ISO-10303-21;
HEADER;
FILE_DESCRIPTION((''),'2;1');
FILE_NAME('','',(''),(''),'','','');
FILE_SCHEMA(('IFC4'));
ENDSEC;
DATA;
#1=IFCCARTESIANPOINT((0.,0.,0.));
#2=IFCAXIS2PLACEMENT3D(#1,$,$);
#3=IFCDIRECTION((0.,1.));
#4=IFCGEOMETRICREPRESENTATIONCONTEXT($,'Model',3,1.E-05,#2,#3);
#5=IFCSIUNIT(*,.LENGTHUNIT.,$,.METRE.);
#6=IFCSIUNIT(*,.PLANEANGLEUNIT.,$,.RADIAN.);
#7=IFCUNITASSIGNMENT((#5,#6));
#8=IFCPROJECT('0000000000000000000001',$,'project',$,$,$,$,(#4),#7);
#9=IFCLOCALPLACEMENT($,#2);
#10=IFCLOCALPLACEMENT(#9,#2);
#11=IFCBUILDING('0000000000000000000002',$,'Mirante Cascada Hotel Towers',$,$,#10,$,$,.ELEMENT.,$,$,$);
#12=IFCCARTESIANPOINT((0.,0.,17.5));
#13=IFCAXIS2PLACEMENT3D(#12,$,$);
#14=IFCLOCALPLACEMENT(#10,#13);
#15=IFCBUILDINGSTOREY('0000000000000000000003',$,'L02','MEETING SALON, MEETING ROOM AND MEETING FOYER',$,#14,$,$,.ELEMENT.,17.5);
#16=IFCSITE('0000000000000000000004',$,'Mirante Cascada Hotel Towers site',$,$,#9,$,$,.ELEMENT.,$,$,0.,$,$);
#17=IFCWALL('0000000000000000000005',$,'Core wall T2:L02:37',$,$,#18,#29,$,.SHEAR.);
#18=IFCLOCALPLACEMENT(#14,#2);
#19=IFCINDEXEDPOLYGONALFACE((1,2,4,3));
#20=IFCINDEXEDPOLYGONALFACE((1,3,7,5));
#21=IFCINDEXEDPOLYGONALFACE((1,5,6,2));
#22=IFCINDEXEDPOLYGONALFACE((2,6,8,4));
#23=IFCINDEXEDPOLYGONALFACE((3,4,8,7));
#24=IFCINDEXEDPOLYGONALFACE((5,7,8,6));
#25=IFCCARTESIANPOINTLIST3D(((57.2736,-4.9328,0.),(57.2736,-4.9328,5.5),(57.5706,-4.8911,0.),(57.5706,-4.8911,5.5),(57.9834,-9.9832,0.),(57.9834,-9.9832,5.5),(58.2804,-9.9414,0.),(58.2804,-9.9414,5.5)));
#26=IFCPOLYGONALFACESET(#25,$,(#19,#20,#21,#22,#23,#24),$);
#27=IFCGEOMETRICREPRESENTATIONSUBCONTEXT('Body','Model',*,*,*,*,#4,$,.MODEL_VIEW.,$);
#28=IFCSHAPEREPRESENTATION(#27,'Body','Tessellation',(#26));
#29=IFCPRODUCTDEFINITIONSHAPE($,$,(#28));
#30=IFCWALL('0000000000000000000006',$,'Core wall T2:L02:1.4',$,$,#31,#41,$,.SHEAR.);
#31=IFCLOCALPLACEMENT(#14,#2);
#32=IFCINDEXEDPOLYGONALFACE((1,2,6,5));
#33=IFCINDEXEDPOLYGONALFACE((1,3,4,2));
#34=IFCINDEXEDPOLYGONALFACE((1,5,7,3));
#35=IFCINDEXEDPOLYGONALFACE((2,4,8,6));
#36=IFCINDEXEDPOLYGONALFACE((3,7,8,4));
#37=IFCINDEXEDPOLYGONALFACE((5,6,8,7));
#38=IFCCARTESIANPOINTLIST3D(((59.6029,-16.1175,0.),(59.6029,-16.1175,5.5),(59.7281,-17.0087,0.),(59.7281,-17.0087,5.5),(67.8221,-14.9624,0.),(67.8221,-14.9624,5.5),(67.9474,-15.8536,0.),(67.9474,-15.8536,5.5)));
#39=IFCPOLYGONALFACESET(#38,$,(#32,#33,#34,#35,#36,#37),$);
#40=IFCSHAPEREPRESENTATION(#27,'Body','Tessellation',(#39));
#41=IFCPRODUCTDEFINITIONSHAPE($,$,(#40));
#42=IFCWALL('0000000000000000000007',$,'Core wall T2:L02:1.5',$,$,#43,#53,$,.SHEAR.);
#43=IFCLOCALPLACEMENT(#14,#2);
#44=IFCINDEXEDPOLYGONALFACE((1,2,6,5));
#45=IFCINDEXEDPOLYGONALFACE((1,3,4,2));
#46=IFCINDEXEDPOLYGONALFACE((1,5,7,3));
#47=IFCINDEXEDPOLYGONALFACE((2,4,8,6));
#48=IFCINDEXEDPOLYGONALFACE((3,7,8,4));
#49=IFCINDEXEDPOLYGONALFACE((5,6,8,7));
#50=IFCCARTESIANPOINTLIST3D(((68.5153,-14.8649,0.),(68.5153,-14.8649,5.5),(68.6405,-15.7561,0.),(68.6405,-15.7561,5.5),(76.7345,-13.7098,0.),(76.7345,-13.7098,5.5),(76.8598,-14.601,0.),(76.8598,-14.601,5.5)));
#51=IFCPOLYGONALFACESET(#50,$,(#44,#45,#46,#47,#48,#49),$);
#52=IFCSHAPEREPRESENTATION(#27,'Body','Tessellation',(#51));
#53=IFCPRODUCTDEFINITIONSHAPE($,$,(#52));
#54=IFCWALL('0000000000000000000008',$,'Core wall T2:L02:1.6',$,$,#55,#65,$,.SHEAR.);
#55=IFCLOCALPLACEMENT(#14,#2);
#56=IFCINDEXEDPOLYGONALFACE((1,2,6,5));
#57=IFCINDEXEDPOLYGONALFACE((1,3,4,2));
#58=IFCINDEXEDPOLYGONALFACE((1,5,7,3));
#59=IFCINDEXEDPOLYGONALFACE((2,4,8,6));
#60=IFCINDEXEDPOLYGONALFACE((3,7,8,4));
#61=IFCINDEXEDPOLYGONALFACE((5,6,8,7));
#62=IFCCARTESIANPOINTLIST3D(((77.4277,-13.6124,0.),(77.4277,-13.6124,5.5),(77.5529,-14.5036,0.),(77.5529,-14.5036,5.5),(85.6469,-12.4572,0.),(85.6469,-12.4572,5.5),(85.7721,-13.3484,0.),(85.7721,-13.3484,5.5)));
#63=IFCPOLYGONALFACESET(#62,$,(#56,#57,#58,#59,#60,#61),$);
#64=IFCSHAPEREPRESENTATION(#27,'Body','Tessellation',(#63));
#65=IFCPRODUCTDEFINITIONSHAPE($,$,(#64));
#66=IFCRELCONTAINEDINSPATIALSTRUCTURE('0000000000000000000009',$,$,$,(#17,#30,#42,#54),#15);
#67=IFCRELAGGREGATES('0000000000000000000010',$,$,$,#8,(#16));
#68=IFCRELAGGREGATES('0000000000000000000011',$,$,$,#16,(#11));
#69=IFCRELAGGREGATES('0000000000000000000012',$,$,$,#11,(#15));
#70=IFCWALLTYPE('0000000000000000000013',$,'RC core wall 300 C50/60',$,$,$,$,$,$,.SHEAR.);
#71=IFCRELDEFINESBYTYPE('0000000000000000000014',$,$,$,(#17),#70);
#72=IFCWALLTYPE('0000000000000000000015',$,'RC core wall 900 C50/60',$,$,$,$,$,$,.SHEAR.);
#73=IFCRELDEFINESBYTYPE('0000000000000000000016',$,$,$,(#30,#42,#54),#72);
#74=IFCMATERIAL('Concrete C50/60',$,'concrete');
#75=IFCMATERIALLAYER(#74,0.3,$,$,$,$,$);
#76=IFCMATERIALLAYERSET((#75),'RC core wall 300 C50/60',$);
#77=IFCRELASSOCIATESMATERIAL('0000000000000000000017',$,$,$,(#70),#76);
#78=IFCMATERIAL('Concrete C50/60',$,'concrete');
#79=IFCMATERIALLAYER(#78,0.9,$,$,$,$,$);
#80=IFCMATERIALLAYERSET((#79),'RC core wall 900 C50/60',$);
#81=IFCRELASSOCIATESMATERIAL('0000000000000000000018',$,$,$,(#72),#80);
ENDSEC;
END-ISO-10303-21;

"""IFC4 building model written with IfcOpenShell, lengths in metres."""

from ifc_helpers import new_model, si_unit, direction, frame, frame_2d, origin, place, context, subcontext, project, spatial, rectangle, extrude, material, layer, layer_set, type_object, element, save


model = new_model("IFC4")

# Units and contexts
model_context = context("Model", 3, precision=1e-05, world=origin(), true_north=direction((0.0, 1.0)))
body_context = subcontext(model_context, "Body", "Model", "MODEL_VIEW")
ifc_project = project(units=[si_unit("LENGTHUNIT", "METRE"), si_unit("PLANEANGLEUNIT", "RADIAN")], contexts=[model_context])

# Site, building, storey
site_placement = place(None, origin())
site = spatial("IfcSite", under=ifc_project, at=site_placement, Name="Mirante Cascada Hotel Towers site", CompositionType="ELEMENT", RefElevation=0.0)
building_placement = place(site_placement, origin())
building = spatial("IfcBuilding", under=site, at=building_placement, Name="Mirante Cascada Hotel Towers", CompositionType="ELEMENT")
storey_placement = place(building_placement, frame((0.0, 0.0, 17.5)))
storey = spatial("IfcBuildingStorey", under=building, at=storey_placement, Name="L02", Description="MEETING SALON, MEETING ROOM AND MEETING FOYER", CompositionType="ELEMENT", Elevation=17.5)

# Walls
ifc_material_1 = material(Name="Concrete C50/60", Category="concrete")
ifc_layer_1 = layer(ifc_material_1, 0.3)
ifc_layer_set_1 = layer_set([ifc_layer_1], Name="RC core wall 300 C50/60")
wall_type_1 = type_object("IfcWallType", Name="RC core wall 300 C50/60", PredefinedType="SHEAR", material=ifc_layer_set_1)
wall_1_placement = place(storey_placement, frame((58.1319, -9.9623, 0.0), z_axis=(0.0, 0.0, 1.0), x_axis=(-0.139176, 0.990268, 0.0)))
element("IfcWall", 1, at=wall_1_placement, inside=storey, type_object=wall_type_1, Name="Core wall T2:L02:37", PredefinedType="SHEAR", context=body_context, shape_type="SweptSolid", body=[
    extrude(rectangle(XDim=5.1, YDim=0.3, at=frame_2d((2.55, 0.0))), origin(), (0.0, 0.0, 1.0), 5.5),
])
ifc_material_2 = material(Name="Concrete C50/60", Category="concrete")
ifc_layer_2 = layer(ifc_material_2, 0.9)
ifc_layer_set_2 = layer_set([ifc_layer_2], Name="RC core wall 900 C50/60")
wall_type_2 = type_object("IfcWallType", Name="RC core wall 900 C50/60", PredefinedType="SHEAR", material=ifc_layer_set_2)
for number, where, z_axis, x_axis, name in (
    (2, (59.6655, -16.5631, 0.0), (0.0, 0.0, 1.0), (0.990269, 0.139169, 0.0), "Core wall T2:L02:1.4"),
    (3, (68.5779, -15.3105, 0.0), (0.0, 0.0, 1.0), (0.990269, 0.139169, 0.0), "Core wall T2:L02:1.5"),
    (4, (77.4903, -14.058, 0.0), (0.0, 0.0, 1.0), (0.990267, 0.139181, 0.0), "Core wall T2:L02:1.6"),
):
    element("IfcWall", number, at=place(storey_placement, frame(where, z_axis=z_axis, x_axis=x_axis)), inside=storey, type_object=wall_type_2, Name=name, PredefinedType="SHEAR", context=body_context, shape_type="SweptSolid", body=[
        extrude(rectangle(XDim=8.3, YDim=0.9, at=frame_2d((4.15, 0.0))), origin(), (0.0, 0.0, 1.0), 5.5),
    ])

save(model, "model.ifc")
